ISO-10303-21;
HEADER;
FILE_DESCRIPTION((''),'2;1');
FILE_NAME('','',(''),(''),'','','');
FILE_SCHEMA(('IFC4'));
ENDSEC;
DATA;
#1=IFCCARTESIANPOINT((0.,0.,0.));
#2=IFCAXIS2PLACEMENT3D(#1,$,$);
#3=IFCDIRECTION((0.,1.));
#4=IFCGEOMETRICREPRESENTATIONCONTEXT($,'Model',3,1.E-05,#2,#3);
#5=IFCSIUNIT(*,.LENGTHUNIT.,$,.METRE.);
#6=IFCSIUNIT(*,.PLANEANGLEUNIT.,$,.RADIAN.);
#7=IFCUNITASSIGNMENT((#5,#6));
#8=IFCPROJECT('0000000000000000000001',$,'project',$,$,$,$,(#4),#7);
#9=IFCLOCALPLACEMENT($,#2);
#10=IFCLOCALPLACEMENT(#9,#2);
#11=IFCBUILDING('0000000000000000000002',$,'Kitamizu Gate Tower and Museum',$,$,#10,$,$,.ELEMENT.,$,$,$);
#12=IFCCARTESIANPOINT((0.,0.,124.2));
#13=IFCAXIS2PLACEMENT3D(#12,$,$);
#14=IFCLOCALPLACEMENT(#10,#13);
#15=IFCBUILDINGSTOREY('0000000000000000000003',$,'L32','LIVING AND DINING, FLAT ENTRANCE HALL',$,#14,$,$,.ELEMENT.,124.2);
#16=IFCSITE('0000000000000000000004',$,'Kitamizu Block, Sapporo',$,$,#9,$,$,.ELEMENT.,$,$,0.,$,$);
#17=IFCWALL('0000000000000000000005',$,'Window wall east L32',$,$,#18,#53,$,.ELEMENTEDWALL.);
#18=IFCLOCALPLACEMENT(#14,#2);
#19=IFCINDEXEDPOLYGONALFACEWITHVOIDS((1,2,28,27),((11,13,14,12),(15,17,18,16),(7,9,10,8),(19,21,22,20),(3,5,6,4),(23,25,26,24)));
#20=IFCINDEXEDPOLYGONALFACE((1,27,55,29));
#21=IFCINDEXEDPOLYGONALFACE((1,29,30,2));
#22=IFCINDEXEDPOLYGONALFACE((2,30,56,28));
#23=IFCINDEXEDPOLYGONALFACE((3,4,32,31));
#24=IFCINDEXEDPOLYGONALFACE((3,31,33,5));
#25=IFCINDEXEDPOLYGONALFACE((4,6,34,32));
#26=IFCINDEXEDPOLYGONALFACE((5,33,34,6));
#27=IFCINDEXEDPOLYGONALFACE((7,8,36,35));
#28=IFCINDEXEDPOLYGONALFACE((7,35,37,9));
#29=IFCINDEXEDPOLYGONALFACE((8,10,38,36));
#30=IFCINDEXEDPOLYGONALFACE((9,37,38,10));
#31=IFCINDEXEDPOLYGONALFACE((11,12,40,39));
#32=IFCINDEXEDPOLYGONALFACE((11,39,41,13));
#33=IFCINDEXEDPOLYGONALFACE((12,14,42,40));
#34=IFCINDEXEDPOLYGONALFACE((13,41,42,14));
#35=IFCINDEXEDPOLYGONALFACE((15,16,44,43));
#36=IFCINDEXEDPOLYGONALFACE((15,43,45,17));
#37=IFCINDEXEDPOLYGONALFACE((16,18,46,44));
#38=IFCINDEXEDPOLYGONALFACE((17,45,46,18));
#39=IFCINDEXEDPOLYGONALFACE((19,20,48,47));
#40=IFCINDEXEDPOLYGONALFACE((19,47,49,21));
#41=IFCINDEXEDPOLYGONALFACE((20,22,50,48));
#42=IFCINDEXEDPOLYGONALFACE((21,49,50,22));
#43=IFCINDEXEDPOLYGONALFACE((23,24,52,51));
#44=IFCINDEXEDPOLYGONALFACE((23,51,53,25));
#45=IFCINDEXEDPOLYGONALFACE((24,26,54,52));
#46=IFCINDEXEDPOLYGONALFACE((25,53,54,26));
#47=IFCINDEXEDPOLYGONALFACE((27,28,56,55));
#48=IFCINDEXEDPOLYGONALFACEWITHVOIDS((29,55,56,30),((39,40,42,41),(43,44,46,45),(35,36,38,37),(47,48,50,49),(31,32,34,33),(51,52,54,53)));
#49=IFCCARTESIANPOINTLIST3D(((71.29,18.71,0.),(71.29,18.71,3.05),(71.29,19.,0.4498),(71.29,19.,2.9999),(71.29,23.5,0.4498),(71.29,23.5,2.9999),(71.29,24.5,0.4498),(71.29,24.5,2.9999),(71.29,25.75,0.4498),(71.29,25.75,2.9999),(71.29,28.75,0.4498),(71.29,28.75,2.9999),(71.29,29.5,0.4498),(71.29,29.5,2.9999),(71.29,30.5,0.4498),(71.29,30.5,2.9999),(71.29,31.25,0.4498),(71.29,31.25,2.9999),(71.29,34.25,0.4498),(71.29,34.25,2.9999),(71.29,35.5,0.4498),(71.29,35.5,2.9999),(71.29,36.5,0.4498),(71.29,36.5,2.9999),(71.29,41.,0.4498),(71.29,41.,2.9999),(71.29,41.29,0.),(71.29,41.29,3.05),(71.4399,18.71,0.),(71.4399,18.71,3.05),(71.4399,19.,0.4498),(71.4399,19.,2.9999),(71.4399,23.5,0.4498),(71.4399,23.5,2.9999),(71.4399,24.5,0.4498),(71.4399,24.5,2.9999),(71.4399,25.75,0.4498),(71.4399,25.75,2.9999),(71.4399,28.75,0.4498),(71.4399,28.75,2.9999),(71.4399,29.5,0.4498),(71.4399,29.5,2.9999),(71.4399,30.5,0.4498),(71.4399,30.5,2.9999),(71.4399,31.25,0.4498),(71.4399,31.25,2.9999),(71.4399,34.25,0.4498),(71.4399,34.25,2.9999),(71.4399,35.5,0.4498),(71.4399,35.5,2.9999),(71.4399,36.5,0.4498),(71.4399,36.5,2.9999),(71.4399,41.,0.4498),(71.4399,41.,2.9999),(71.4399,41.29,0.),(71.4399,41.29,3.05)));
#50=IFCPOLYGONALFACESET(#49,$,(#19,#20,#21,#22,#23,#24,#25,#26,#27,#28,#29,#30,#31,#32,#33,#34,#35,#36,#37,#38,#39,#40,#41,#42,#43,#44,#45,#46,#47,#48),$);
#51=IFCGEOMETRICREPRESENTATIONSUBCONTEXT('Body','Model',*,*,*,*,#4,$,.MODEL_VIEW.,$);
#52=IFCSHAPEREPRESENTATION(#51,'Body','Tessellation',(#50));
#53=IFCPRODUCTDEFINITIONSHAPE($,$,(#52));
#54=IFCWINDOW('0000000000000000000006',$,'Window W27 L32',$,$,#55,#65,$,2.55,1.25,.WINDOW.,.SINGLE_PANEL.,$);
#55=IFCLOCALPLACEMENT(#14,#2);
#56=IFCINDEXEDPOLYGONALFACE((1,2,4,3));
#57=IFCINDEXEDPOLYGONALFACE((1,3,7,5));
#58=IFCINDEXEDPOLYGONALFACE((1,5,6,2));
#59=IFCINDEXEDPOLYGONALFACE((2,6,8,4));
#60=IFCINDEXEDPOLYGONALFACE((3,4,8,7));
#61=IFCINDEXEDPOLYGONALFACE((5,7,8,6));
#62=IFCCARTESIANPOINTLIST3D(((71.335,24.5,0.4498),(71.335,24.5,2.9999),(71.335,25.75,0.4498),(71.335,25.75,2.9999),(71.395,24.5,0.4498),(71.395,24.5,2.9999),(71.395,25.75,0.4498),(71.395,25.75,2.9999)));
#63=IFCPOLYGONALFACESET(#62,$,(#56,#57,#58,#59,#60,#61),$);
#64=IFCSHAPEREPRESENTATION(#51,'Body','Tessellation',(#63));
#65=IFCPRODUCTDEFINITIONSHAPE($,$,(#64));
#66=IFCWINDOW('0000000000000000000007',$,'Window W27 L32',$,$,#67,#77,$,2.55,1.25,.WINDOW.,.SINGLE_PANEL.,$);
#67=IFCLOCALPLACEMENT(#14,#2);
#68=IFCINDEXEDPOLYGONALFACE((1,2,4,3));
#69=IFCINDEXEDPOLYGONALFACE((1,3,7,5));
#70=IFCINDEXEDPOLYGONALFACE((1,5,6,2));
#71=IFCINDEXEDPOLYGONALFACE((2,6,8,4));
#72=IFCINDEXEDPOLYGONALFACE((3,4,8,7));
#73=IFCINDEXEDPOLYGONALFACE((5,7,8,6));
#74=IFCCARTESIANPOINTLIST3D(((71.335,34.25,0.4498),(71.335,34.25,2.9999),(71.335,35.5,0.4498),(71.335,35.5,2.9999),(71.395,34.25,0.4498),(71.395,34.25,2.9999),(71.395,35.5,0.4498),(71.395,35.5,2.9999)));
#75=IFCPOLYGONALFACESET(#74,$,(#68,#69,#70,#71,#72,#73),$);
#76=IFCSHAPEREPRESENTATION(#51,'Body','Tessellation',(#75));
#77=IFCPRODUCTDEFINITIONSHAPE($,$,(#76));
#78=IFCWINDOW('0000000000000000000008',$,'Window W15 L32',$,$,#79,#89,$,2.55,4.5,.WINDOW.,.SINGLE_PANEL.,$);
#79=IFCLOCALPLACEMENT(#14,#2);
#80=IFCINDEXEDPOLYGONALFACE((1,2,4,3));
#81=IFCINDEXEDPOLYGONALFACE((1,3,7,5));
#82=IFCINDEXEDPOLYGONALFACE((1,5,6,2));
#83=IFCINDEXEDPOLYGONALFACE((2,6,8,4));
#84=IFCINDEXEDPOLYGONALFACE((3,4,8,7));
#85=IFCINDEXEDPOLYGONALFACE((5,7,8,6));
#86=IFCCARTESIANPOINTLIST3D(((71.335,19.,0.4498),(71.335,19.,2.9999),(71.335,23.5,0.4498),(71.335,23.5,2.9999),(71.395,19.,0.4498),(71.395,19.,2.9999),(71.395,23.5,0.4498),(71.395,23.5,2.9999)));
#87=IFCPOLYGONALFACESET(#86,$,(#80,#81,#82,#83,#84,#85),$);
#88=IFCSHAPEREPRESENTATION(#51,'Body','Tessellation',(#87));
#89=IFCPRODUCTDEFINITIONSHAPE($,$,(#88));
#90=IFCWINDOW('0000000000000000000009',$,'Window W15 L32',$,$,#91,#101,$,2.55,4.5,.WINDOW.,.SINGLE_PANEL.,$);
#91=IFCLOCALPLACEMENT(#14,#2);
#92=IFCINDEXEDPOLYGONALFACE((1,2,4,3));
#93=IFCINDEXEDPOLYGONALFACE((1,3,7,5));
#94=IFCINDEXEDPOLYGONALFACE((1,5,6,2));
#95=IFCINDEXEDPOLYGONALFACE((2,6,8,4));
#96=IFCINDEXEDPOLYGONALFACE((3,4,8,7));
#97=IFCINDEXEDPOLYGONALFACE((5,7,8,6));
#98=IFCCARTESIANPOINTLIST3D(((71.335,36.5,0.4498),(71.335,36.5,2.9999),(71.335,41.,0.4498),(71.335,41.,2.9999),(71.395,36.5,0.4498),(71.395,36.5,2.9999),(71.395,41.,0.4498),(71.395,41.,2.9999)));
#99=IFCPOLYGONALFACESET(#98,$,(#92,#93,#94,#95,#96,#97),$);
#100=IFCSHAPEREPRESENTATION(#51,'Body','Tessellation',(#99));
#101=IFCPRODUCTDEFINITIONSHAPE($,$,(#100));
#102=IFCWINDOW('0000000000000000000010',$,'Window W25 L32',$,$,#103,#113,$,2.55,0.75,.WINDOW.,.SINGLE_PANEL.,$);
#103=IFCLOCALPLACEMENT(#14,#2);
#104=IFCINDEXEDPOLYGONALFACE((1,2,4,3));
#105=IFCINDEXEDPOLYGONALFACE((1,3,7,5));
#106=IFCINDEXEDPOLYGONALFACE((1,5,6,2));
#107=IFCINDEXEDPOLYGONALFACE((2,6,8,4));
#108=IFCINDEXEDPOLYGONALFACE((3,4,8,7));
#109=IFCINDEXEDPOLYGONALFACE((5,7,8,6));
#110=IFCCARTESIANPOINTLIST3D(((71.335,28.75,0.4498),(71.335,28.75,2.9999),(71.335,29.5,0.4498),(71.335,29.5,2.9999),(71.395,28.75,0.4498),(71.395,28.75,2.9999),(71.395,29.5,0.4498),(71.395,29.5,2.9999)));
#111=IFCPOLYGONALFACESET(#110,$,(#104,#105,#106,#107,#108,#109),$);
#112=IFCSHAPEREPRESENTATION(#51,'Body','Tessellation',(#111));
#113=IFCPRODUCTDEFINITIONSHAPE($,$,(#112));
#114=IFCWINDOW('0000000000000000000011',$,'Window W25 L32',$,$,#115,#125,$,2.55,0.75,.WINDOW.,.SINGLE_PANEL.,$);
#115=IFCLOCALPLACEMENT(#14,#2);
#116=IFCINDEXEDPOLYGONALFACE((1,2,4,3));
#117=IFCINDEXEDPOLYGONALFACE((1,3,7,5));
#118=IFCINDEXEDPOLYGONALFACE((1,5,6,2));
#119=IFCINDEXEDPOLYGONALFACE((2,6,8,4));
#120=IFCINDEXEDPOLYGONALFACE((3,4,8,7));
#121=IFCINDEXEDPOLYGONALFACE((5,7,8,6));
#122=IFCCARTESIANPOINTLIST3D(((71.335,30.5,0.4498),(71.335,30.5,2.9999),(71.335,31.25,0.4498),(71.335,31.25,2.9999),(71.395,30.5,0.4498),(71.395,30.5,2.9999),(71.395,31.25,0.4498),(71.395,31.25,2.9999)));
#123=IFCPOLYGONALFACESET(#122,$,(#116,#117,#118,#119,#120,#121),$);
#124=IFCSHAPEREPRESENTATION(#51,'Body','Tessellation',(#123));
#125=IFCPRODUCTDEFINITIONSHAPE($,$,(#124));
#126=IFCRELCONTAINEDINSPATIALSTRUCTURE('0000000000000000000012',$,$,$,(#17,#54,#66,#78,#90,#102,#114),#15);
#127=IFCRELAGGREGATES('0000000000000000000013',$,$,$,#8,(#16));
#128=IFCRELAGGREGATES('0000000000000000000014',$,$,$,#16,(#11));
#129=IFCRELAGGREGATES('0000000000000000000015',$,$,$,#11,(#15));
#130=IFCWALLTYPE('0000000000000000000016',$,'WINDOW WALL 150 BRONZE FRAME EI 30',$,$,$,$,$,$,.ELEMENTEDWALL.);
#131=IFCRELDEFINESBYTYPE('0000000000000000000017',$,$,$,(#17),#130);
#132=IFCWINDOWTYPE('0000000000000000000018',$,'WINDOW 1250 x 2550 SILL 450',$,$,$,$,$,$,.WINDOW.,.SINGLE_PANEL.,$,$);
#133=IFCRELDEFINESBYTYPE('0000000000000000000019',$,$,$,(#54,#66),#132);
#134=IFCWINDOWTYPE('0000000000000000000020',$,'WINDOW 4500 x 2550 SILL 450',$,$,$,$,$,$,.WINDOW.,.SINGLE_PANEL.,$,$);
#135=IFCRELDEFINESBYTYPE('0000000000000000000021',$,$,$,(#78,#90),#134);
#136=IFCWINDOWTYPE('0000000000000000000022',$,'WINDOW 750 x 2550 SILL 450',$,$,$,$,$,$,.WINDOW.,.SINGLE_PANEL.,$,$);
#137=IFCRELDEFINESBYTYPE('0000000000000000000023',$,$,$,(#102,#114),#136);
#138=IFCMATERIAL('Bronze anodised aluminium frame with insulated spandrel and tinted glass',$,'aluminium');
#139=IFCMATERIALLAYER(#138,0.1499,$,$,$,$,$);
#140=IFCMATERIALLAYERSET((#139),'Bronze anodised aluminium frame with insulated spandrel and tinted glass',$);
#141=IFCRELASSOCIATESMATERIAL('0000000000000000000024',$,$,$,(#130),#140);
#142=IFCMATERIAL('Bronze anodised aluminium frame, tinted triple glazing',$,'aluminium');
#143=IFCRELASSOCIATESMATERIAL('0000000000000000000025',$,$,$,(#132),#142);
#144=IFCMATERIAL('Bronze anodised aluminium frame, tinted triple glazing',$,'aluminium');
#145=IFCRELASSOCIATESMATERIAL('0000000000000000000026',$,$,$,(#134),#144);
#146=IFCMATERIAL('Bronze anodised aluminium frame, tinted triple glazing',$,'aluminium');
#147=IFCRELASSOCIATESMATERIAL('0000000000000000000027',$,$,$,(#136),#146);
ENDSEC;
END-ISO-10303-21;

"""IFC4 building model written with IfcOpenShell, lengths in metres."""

from ifc_helpers import new_model, si_unit, direction, frame, frame_2d, origin, place, context, subcontext, project, spatial, rectangle, extrude, material, layer, layer_set, type_object, element, fill, save


model = new_model("IFC4")

# Units and contexts
model_context = context("Model", 3, precision=1e-05, world=origin(), true_north=direction((0.0, 1.0)))
body_context = subcontext(model_context, "Body", "Model", "MODEL_VIEW")
ifc_project = project(units=[si_unit("LENGTHUNIT", "METRE"), si_unit("PLANEANGLEUNIT", "RADIAN")], contexts=[model_context])

# Site, building, storey
site_placement = place(None, origin())
site = spatial("IfcSite", under=ifc_project, at=site_placement, Name="Kitamizu Block, Sapporo", CompositionType="ELEMENT", RefElevation=0.0)
building_placement = place(site_placement, origin())
building = spatial("IfcBuilding", under=site, at=building_placement, Name="Kitamizu Gate Tower and Museum", CompositionType="ELEMENT")
storey_placement = place(building_placement, frame((0.0, 0.0, 124.2)))
storey = spatial("IfcBuildingStorey", under=building, at=storey_placement, Name="L32", Description="LIVING AND DINING, FLAT ENTRANCE HALL", CompositionType="ELEMENT", Elevation=124.2)

# Shared definitions
ifc_material_1 = material(Name="Bronze anodised aluminium frame with insulated spandrel and tinted glass", Category="aluminium")
ifc_layer_1 = layer(ifc_material_1, 0.1499)
ifc_layer_set_1 = layer_set([ifc_layer_1], Name="Bronze anodised aluminium frame with insulated spandrel and tinted glass")
wall_type_1 = type_object("IfcWallType", Name="WINDOW WALL 150 BRONZE FRAME EI 30", PredefinedType="ELEMENTEDWALL", material=ifc_layer_set_1)

# Wall, openings, windows
wall_1_placement = place(storey_placement, frame((71.365, 18.71, 0.0), z_axis=(0.0, 0.0, 1.0), x_axis=(0.0, 1.0, 0.0)))
wall_1 = element("IfcWall", 1, at=wall_1_placement, inside=storey, type_object=wall_type_1, Name="Window wall east L32", PredefinedType="ELEMENTEDWALL", context=body_context, shape_type="SweptSolid", body=[
    extrude(rectangle(XDim=22.5801, YDim=0.1499, at=frame_2d((11.29, 0.0))), origin(), (0.0, 0.0, 1.0), 3.05),
])
opening_1_placement = place(wall_1_placement, frame((0.29, 0.0, 0.45)))
opening_1 = element("IfcOpeningElement", 2, at=opening_1_placement, cuts=wall_1, PredefinedType="OPENING", context=body_context, shape_type="SweptSolid", body=[
    extrude(rectangle(XDim=4.5, YDim=2.55, at=frame_2d((2.25, 1.2749))), frame((0.0, 0.085, 0.0), z_axis=(0.0, -1.0, 0.0), x_axis=(1.0, 0.0, 0.0)), (0.0, 0.0, 1.0), 0.1699),
])
opening_2_placement = place(wall_1_placement, frame((5.79, 0.0, 0.45)))
opening_2 = element("IfcOpeningElement", 3, at=opening_2_placement, cuts=wall_1, PredefinedType="OPENING", context=body_context, shape_type="SweptSolid", body=[
    extrude(rectangle(XDim=1.25, YDim=2.55, at=frame_2d((0.625, 1.2749))), frame((0.0, 0.085, 0.0), z_axis=(0.0, -1.0, 0.0), x_axis=(1.0, 0.0, 0.0)), (0.0, 0.0, 1.0), 0.1699),
])
opening_3_placement = place(wall_1_placement, frame((10.04, 0.0, 0.45)))
opening_3 = element("IfcOpeningElement", 4, at=opening_3_placement, cuts=wall_1, PredefinedType="OPENING", context=body_context, shape_type="SweptSolid", body=[
    extrude(rectangle(XDim=0.75, YDim=2.55, at=frame_2d((0.375, 1.2749))), frame((0.0, 0.085, 0.0), z_axis=(0.0, -1.0, 0.0), x_axis=(1.0, 0.0, 0.0)), (0.0, 0.0, 1.0), 0.1699),
])
opening_4_placement = place(wall_1_placement, frame((11.79, 0.0, 0.45)))
opening_4 = element("IfcOpeningElement", 5, at=opening_4_placement, cuts=wall_1, PredefinedType="OPENING", context=body_context, shape_type="SweptSolid", body=[
    extrude(rectangle(XDim=0.75, YDim=2.55, at=frame_2d((0.375, 1.2749))), frame((0.0, 0.085, 0.0), z_axis=(0.0, -1.0, 0.0), x_axis=(1.0, 0.0, 0.0)), (0.0, 0.0, 1.0), 0.1699),
])
opening_5_placement = place(wall_1_placement, frame((15.54, 0.0, 0.45)))
opening_5 = element("IfcOpeningElement", 6, at=opening_5_placement, cuts=wall_1, PredefinedType="OPENING", context=body_context, shape_type="SweptSolid", body=[
    extrude(rectangle(XDim=1.25, YDim=2.55, at=frame_2d((0.625, 1.2749))), frame((0.0, 0.085, 0.0), z_axis=(0.0, -1.0, 0.0), x_axis=(1.0, 0.0, 0.0)), (0.0, 0.0, 1.0), 0.1699),
])
opening_6_placement = place(wall_1_placement, frame((17.79, 0.0, 0.45)))
opening_6 = element("IfcOpeningElement", 7, at=opening_6_placement, cuts=wall_1, PredefinedType="OPENING", context=body_context, shape_type="SweptSolid", body=[
    extrude(rectangle(XDim=4.5, YDim=2.55, at=frame_2d((2.25, 1.2749))), frame((0.0, 0.085, 0.0), z_axis=(0.0, -1.0, 0.0), x_axis=(1.0, 0.0, 0.0)), (0.0, 0.0, 1.0), 0.1699),
])
ifc_material_2 = material(Name="Bronze anodised aluminium frame, tinted triple glazing", Category="aluminium")
window_type_1 = type_object("IfcWindowType", Name="WINDOW 1250 x 2550 SILL 450", PartitioningType="SINGLE_PANEL", PredefinedType="WINDOW", material=ifc_material_2)
window_1_placement = place(opening_2_placement, origin())
window_1 = element("IfcWindow", 8, at=window_1_placement, inside=storey, type_object=window_type_1, Name="Window W27 L32", OverallHeight=2.55, OverallWidth=1.25, PartitioningType="SINGLE_PANEL", PredefinedType="WINDOW", context=body_context, shape_type="SweptSolid", body=[
    extrude(rectangle(XDim=1.25, YDim=2.55, at=frame_2d((0.625, 1.2749))), frame((0.0, 0.03, 0.0), z_axis=(0.0, -1.0, 0.0), x_axis=(1.0, 0.0, 0.0)), (0.0, 0.0, 1.0), 0.0601),
])
fill(opening_2, window_1)
window_2_placement = place(opening_5_placement, origin())
window_2 = element("IfcWindow", 9, at=window_2_placement, inside=storey, type_object=window_type_1, Name="Window W27 L32", OverallHeight=2.55, OverallWidth=1.25, PartitioningType="SINGLE_PANEL", PredefinedType="WINDOW", context=body_context, shape_type="SweptSolid", body=[
    extrude(rectangle(XDim=1.25, YDim=2.55, at=frame_2d((0.625, 1.2749))), frame((0.0, 0.03, 0.0), z_axis=(0.0, -1.0, 0.0), x_axis=(1.0, 0.0, 0.0)), (0.0, 0.0, 1.0), 0.0601),
])
fill(opening_5, window_2)
ifc_material_3 = material(Name="Bronze anodised aluminium frame, tinted triple glazing", Category="aluminium")
window_type_2 = type_object("IfcWindowType", Name="WINDOW 4500 x 2550 SILL 450", PartitioningType="SINGLE_PANEL", PredefinedType="WINDOW", material=ifc_material_3)
window_3_placement = place(opening_1_placement, origin())
window_3 = element("IfcWindow", 10, at=window_3_placement, inside=storey, type_object=window_type_2, Name="Window W15 L32", OverallHeight=2.55, OverallWidth=4.5, PartitioningType="SINGLE_PANEL", PredefinedType="WINDOW", context=body_context, shape_type="SweptSolid", body=[
    extrude(rectangle(XDim=4.5, YDim=2.55, at=frame_2d((2.25, 1.2749))), frame((0.0, 0.03, 0.0), z_axis=(0.0, -1.0, 0.0), x_axis=(1.0, 0.0, 0.0)), (0.0, 0.0, 1.0), 0.0601),
])
fill(opening_1, window_3)
window_4_placement = place(opening_6_placement, origin())
window_4 = element("IfcWindow", 11, at=window_4_placement, inside=storey, type_object=window_type_2, Name="Window W15 L32", OverallHeight=2.55, OverallWidth=4.5, PartitioningType="SINGLE_PANEL", PredefinedType="WINDOW", context=body_context, shape_type="SweptSolid", body=[
    extrude(rectangle(XDim=4.5, YDim=2.55, at=frame_2d((2.25, 1.2749))), frame((0.0, 0.03, 0.0), z_axis=(0.0, -1.0, 0.0), x_axis=(1.0, 0.0, 0.0)), (0.0, 0.0, 1.0), 0.0601),
])
fill(opening_6, window_4)
ifc_material_4 = material(Name="Bronze anodised aluminium frame, tinted triple glazing", Category="aluminium")
window_type_3 = type_object("IfcWindowType", Name="WINDOW 750 x 2550 SILL 450", PartitioningType="SINGLE_PANEL", PredefinedType="WINDOW", material=ifc_material_4)
window_5_placement = place(opening_3_placement, origin())
window_5 = element("IfcWindow", 12, at=window_5_placement, inside=storey, type_object=window_type_3, Name="Window W25 L32", OverallHeight=2.55, OverallWidth=0.75, PartitioningType="SINGLE_PANEL", PredefinedType="WINDOW", context=body_context, shape_type="SweptSolid", body=[
    extrude(rectangle(XDim=0.75, YDim=2.55, at=frame_2d((0.375, 1.2749))), frame((0.0, 0.03, 0.0), z_axis=(0.0, -1.0, 0.0), x_axis=(1.0, 0.0, 0.0)), (0.0, 0.0, 1.0), 0.0601),
])
fill(opening_3, window_5)
window_6_placement = place(opening_4_placement, origin())
window_6 = element("IfcWindow", 13, at=window_6_placement, inside=storey, type_object=window_type_3, Name="Window W25 L32", OverallHeight=2.55, OverallWidth=0.75, PartitioningType="SINGLE_PANEL", PredefinedType="WINDOW", context=body_context, shape_type="SweptSolid", body=[
    extrude(rectangle(XDim=0.75, YDim=2.55, at=frame_2d((0.375, 1.2749))), frame((0.0, 0.03, 0.0), z_axis=(0.0, -1.0, 0.0), x_axis=(1.0, 0.0, 0.0)), (0.0, 0.0, 1.0), 0.0601),
])
fill(opening_4, window_6)

save(model, "model.ifc")
